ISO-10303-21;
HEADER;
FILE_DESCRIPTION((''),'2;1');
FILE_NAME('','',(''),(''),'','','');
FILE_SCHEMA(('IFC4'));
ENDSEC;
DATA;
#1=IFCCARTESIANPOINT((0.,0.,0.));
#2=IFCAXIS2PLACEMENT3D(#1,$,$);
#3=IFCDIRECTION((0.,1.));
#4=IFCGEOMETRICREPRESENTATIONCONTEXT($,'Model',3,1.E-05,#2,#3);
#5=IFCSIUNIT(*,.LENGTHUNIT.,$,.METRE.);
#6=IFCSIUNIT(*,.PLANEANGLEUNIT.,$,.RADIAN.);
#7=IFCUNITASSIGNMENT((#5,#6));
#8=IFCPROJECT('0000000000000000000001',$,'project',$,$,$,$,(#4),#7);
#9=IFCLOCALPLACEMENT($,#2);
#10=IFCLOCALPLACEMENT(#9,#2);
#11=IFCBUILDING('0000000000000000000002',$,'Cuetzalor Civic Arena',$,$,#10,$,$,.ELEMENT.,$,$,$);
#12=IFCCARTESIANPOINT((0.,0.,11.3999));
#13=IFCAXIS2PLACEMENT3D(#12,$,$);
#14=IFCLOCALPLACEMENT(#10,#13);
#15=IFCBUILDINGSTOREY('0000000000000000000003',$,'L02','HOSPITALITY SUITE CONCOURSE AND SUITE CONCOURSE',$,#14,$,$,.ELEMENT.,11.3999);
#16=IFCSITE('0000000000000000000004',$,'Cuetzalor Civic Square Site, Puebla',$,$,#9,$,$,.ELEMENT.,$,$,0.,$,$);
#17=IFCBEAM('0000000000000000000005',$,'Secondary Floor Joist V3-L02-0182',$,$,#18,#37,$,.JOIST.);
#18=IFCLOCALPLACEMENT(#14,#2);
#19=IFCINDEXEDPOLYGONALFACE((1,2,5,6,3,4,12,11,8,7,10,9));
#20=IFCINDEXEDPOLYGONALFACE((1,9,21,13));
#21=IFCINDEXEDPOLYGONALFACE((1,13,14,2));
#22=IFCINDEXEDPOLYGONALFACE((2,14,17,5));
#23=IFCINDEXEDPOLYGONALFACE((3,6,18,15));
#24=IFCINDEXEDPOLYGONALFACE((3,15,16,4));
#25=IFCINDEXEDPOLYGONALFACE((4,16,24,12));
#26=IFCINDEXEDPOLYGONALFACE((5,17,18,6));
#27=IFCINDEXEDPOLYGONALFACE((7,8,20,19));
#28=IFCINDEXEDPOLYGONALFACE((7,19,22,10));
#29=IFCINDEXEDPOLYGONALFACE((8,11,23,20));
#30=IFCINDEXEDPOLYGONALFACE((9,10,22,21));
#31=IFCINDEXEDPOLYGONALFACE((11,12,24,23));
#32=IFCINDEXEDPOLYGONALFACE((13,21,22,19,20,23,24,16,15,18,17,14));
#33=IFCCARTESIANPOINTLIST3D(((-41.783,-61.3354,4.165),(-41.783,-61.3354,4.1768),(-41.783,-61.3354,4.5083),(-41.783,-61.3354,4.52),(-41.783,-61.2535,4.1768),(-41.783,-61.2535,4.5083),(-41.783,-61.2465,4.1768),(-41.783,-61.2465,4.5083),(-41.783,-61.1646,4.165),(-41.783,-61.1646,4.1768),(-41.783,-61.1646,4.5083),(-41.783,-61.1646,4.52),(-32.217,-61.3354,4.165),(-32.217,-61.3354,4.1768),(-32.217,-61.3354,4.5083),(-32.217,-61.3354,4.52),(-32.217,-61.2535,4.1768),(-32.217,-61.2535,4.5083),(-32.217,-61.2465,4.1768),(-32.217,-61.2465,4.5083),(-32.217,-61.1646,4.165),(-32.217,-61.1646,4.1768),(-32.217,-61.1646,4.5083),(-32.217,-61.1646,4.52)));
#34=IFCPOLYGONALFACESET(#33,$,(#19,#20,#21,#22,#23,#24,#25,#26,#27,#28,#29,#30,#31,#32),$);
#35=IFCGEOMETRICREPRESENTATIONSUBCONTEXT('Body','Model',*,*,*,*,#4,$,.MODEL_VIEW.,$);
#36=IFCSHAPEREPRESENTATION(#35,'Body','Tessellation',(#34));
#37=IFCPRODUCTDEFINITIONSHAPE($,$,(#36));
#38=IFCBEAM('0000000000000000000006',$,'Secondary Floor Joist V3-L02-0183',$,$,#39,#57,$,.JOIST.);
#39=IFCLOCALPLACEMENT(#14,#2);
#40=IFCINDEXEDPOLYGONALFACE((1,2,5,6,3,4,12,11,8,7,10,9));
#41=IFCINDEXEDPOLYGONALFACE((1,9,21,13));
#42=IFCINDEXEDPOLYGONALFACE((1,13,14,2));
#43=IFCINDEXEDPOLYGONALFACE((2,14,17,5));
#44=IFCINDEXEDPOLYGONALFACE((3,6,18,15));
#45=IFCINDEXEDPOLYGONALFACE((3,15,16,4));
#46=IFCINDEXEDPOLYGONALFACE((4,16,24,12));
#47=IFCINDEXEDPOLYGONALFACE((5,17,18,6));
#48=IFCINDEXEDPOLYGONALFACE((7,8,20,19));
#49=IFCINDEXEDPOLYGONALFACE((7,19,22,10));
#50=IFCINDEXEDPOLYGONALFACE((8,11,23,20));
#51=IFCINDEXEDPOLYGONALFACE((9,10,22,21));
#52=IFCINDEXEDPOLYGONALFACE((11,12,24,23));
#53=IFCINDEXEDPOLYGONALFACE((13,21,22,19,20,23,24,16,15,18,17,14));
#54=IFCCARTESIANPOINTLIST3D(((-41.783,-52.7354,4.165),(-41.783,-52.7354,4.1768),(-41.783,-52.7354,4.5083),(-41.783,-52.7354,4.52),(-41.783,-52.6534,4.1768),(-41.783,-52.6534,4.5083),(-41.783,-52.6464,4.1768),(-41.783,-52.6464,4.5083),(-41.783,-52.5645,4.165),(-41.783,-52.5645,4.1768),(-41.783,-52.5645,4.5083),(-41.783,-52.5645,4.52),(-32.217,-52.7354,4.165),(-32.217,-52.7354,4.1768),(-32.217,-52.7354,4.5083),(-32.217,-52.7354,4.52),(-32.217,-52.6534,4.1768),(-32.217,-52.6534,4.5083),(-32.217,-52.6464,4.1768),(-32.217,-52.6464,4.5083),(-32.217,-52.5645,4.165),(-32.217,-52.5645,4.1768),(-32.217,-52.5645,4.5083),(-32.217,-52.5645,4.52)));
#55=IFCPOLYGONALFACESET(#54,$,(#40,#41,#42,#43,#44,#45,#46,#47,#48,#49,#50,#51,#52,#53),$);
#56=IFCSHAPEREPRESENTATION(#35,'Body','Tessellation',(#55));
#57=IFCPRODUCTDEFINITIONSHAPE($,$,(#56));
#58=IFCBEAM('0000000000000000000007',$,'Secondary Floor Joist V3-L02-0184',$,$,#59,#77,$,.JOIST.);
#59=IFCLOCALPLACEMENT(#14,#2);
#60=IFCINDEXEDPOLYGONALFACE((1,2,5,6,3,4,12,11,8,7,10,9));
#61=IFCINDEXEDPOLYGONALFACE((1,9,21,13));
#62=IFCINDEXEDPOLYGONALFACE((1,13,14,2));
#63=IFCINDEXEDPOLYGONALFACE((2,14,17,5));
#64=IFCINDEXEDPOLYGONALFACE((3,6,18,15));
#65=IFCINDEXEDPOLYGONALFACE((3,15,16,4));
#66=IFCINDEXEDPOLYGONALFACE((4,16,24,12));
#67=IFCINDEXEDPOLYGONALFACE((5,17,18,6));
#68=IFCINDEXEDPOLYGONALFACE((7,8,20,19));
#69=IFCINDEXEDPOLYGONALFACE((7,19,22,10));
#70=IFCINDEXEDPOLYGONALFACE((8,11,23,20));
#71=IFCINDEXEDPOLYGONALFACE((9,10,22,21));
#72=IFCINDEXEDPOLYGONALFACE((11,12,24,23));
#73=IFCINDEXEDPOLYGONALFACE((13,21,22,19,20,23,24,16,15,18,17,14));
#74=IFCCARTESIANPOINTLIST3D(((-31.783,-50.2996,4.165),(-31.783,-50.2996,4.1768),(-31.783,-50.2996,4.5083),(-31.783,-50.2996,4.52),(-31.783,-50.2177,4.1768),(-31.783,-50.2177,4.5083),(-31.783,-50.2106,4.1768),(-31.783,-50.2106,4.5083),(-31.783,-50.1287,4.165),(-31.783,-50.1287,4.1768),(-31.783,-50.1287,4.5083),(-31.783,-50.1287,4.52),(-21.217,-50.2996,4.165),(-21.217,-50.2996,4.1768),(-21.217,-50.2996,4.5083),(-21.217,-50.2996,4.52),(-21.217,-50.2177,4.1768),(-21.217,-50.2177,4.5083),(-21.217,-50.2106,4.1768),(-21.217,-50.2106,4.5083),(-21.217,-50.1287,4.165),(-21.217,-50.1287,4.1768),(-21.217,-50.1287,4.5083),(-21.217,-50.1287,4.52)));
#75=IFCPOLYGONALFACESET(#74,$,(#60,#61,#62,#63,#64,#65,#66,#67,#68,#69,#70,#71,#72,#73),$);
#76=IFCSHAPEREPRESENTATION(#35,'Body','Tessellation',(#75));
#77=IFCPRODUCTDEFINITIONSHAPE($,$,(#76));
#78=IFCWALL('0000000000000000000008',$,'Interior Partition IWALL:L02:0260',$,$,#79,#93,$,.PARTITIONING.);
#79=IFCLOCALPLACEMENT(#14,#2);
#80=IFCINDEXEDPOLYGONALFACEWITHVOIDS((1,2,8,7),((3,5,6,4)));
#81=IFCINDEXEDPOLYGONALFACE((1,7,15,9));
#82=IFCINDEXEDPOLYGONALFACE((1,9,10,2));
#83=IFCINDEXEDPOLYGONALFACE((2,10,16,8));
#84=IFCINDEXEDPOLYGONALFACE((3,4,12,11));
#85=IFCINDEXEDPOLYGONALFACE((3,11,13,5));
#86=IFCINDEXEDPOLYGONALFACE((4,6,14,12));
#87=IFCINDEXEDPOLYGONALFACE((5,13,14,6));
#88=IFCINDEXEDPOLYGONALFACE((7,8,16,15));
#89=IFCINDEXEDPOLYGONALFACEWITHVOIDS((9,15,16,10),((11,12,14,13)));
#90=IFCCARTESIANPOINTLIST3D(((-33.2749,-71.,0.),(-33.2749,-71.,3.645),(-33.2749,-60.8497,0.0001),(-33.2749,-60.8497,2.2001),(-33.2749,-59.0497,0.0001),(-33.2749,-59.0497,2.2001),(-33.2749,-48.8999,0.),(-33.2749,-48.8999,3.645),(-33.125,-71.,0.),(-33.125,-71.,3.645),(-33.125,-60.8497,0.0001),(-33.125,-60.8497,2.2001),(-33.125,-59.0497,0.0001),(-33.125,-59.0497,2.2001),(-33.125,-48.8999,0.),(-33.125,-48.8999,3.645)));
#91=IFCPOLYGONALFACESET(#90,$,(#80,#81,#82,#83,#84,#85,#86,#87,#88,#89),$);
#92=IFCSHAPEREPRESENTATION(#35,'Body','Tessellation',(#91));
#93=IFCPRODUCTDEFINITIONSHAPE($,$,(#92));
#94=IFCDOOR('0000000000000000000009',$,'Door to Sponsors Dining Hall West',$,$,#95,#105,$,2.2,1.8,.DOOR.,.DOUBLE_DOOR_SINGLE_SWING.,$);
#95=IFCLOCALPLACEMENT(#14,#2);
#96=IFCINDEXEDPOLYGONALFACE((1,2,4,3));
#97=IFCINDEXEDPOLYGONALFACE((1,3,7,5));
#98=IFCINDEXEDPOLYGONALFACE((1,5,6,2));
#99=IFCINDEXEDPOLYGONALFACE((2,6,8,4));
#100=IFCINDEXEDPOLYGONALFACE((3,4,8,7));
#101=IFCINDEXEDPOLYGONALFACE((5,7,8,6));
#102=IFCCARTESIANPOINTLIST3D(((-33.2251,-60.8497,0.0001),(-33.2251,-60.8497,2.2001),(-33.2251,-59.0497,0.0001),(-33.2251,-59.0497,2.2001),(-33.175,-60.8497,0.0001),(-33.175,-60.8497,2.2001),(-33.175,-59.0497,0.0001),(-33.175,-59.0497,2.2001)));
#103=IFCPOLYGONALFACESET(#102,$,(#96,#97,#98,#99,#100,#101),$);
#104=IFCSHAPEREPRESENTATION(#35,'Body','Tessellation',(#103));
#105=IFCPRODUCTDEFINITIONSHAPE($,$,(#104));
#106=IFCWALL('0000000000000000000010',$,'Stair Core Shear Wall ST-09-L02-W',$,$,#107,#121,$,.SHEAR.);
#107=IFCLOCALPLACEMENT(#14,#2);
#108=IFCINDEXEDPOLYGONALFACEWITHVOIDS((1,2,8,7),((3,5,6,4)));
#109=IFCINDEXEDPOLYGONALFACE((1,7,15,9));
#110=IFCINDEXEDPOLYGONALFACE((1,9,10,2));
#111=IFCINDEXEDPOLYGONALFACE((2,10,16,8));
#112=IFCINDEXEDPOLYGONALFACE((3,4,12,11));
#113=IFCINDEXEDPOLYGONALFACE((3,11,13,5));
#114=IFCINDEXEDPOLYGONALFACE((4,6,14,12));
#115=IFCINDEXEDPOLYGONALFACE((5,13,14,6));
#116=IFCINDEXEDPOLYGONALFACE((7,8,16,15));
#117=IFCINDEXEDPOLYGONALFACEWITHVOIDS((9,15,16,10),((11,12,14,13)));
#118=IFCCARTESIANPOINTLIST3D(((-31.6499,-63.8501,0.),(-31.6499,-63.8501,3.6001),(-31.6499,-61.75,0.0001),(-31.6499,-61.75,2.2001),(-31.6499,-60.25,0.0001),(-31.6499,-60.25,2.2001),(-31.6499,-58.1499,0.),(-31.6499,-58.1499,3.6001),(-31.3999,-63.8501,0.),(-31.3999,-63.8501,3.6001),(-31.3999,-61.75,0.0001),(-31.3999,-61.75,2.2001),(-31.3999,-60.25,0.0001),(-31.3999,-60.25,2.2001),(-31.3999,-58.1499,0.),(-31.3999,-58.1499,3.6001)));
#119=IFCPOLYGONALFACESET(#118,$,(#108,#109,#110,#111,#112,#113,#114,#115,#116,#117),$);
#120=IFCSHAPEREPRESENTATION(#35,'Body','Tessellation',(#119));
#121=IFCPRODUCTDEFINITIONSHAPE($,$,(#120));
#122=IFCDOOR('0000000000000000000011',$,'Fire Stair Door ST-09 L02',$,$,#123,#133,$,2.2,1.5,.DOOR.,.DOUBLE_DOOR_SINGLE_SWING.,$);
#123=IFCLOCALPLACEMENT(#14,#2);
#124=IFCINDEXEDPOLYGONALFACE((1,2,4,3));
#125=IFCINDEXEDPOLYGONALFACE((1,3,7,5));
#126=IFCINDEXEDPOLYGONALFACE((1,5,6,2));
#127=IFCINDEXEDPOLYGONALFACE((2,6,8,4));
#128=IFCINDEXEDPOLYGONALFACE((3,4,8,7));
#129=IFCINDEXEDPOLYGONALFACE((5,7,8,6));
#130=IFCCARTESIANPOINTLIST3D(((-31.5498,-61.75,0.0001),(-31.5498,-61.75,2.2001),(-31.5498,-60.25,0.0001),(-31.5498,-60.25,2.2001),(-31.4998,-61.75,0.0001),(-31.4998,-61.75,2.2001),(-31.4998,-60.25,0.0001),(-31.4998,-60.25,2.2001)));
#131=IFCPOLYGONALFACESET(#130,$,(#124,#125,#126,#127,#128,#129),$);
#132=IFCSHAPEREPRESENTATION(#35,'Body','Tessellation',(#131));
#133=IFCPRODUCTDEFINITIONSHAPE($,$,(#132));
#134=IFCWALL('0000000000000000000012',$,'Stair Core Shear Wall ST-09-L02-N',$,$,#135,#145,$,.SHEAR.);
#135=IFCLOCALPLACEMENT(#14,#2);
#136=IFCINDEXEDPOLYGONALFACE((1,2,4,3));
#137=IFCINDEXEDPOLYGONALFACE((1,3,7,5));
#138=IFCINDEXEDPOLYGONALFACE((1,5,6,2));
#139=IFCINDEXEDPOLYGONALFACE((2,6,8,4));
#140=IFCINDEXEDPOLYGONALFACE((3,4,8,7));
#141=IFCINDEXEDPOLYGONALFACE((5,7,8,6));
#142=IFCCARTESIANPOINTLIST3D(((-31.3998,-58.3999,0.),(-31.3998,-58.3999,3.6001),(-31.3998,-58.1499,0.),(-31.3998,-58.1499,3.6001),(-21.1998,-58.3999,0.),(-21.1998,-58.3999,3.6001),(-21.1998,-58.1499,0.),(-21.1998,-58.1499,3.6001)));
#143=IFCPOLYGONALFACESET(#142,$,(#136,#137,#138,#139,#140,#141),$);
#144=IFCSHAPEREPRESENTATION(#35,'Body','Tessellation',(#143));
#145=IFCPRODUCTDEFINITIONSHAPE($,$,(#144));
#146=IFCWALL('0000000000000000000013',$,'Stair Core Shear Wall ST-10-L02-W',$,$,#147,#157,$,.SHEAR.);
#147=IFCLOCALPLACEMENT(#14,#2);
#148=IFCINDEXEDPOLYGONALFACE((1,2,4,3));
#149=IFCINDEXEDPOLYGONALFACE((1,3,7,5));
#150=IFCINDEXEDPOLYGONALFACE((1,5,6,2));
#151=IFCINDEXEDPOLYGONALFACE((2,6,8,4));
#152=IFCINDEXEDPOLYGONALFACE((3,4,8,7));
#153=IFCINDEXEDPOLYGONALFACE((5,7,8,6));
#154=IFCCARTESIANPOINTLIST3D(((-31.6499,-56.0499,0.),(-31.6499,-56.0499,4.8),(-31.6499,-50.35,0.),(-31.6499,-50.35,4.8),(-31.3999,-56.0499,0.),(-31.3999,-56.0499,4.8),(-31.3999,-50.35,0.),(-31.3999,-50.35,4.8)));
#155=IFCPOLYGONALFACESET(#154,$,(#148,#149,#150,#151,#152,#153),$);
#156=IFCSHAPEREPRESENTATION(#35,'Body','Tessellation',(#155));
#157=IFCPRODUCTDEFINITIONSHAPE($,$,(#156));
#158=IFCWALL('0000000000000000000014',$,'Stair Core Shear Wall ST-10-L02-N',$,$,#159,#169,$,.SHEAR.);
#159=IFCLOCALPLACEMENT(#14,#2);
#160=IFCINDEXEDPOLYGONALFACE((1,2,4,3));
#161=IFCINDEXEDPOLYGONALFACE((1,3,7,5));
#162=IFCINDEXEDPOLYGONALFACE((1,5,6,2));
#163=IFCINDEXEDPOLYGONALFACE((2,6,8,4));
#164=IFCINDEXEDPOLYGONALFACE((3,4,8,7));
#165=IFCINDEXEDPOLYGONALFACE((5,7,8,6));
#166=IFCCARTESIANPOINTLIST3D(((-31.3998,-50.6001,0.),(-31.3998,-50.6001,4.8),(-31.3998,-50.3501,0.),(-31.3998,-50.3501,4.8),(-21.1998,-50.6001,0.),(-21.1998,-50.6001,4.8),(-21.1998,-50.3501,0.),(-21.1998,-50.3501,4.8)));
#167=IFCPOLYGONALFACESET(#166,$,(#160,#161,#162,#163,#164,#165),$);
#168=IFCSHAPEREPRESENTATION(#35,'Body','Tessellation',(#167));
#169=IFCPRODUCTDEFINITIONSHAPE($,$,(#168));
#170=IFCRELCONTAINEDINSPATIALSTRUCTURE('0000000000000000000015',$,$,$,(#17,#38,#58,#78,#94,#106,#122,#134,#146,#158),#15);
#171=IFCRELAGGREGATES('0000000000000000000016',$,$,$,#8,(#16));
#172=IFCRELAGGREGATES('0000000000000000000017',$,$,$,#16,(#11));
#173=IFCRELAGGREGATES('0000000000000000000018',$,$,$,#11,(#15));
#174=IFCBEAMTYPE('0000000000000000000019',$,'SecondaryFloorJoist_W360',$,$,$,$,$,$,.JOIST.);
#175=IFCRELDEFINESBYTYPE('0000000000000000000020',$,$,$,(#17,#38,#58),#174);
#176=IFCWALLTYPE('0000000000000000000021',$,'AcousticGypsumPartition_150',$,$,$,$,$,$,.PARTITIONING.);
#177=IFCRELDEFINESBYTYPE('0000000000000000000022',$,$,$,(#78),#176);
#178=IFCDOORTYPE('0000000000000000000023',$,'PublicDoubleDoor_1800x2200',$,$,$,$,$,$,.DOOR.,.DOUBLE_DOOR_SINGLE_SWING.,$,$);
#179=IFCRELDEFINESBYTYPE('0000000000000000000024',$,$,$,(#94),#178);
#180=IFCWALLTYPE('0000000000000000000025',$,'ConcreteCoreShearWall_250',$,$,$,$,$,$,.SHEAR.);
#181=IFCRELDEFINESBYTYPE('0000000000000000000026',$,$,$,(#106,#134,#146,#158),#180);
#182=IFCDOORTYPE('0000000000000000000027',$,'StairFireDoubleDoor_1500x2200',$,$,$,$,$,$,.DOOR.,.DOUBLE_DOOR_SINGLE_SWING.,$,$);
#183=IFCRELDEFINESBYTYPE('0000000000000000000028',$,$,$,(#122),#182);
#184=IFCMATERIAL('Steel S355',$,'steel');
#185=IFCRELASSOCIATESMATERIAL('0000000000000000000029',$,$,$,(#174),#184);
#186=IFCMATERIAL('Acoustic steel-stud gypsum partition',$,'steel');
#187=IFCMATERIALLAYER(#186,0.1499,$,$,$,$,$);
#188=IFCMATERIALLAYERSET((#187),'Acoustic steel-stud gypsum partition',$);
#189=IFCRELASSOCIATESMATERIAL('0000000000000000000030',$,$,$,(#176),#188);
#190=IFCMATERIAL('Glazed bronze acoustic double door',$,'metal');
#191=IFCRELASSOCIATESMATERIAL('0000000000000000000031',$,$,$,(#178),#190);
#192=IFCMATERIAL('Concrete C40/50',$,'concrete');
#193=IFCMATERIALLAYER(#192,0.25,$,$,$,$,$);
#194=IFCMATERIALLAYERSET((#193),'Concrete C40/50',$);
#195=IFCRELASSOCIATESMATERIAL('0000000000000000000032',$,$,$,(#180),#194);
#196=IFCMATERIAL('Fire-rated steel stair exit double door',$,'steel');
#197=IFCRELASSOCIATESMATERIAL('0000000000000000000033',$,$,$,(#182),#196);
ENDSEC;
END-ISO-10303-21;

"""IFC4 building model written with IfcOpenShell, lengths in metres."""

from ifc_helpers import new_model, si_unit, direction, frame, frame_2d, origin, origin_2d, place, context, subcontext, project, spatial, rectangle, i_section, extrude, material, layer, layer_set, material_profile, profile_set, type_object, element, fill, save


model = new_model("IFC4")

# Units and contexts
model_context = context("Model", 3, precision=1e-05, world=origin(), true_north=direction((0.0, 1.0)))
body_context = subcontext(model_context, "Body", "Model", "MODEL_VIEW")
ifc_project = project(units=[si_unit("LENGTHUNIT", "METRE"), si_unit("PLANEANGLEUNIT", "RADIAN")], contexts=[model_context])

# Site, building, storey
site_placement = place(None, origin())
site = spatial("IfcSite", under=ifc_project, at=site_placement, Name="Cuetzalor Civic Square Site, Puebla", CompositionType="ELEMENT", RefElevation=0.0)
building_placement = place(site_placement, origin())
building = spatial("IfcBuilding", under=site, at=building_placement, Name="Cuetzalor Civic Arena", CompositionType="ELEMENT")
storey_placement = place(building_placement, frame((0.0, 0.0, 11.3999)))
storey = spatial("IfcBuildingStorey", under=building, at=storey_placement, Name="L02", Description="HOSPITALITY SUITE CONCOURSE AND SUITE CONCOURSE", CompositionType="ELEMENT", Elevation=11.3999)

# Beams
ifc_material_1 = material(Name="Steel S355", Category="steel")
ifc_material_profile_1 = material_profile(ifc_material_1, i_section(OverallWidth=0.1709, OverallDepth=0.355, WebThickness=0.0071, FlangeThickness=0.0117, at=origin_2d()), Name="W360x51")
ifc_profile_set_1 = profile_set([ifc_material_profile_1], Name="Steel S355")
beam_type_1 = type_object("IfcBeamType", Name="SecondaryFloorJoist_W360", PredefinedType="JOIST", material=ifc_profile_set_1)
for number, where, z_axis, x_axis, name in (
    (1, (-41.783, -61.25, 4.3425), (1.0, 0.0, 0.0), (0.0, 1.0, 0.0), "Secondary Floor Joist V3-L02-0182"),
    (2, (-41.783, -52.6499, 4.3425), (1.0, 0.0, 0.0), (0.0, 1.0, 0.0), "Secondary Floor Joist V3-L02-0183"),
):
    element("IfcBeam", number, at=place(storey_placement, frame(where, z_axis=z_axis, x_axis=x_axis)), inside=storey, type_object=beam_type_1, Name=name, PredefinedType="JOIST", context=body_context, shape_type="SweptSolid", body=[
        extrude(i_section(OverallWidth=0.1709, OverallDepth=0.355, WebThickness=0.0071, FlangeThickness=0.0117, at=origin_2d()), origin(), (0.0, 0.0, 1.0), 9.5659),
    ])
beam_1_placement = place(storey_placement, frame((-31.783, -50.2141, 4.3425), z_axis=(1.0, 0.0, 0.0), x_axis=(0.0, 1.0, 0.0)))
element("IfcBeam", 3, at=beam_1_placement, inside=storey, type_object=beam_type_1, Name="Secondary Floor Joist V3-L02-0184", PredefinedType="JOIST", context=body_context, shape_type="SweptSolid", body=[
    extrude(i_section(OverallWidth=0.1709, OverallDepth=0.355, WebThickness=0.0071, FlangeThickness=0.0117, at=origin_2d()), origin(), (0.0, 0.0, 1.0), 10.5659),
])

# Walls, openings, doors
ifc_material_2 = material(Name="Acoustic steel-stud gypsum partition", Category="steel")
ifc_layer_1 = layer(ifc_material_2, 0.1499)
ifc_layer_set_1 = layer_set([ifc_layer_1], Name="Acoustic steel-stud gypsum partition")
wall_type_1 = type_object("IfcWallType", Name="AcousticGypsumPartition_150", PredefinedType="PARTITIONING", material=ifc_layer_set_1)
wall_1_placement = place(storey_placement, frame((-33.2, -48.8999, 0.0), z_axis=(0.0, 0.0, 1.0), x_axis=(0.0, -1.0, 0.0)))
wall_1 = element("IfcWall", 4, at=wall_1_placement, inside=storey, type_object=wall_type_1, Name="Interior Partition IWALL:L02:0260", PredefinedType="PARTITIONING", context=body_context, shape_type="SweptSolid", body=[
    extrude(rectangle(XDim=22.1001, YDim=0.1499, at=frame_2d((11.05, 0.0))), origin(), (0.0, 0.0, 1.0), 3.645),
])
opening_1_placement = place(wall_1_placement, frame((10.1499, 0.0, 0.0)))
opening_1 = element("IfcOpeningElement", 5, at=opening_1_placement, cuts=wall_1, PredefinedType="OPENING", context=body_context, shape_type="SweptSolid", body=[
    extrude(rectangle(XDim=1.8, YDim=2.2, at=frame_2d((0.8999, 1.1001))), frame((0.0, 0.085, 0.0), z_axis=(0.0, -1.0, 0.0), x_axis=(1.0, 0.0, 0.0)), (0.0, 0.0, 1.0), 0.1699),
])
ifc_material_3 = material(Name="Glazed bronze acoustic double door", Category="metal")
door_type_1 = type_object("IfcDoorType", Name="PublicDoubleDoor_1800x2200", OperationType="DOUBLE_DOOR_SINGLE_SWING", PredefinedType="DOOR", material=ifc_material_3)
door_1_placement = place(opening_1_placement, origin())
door_1 = element("IfcDoor", 6, at=door_1_placement, inside=storey, type_object=door_type_1, Name="Door to Sponsors Dining Hall West", OperationType="DOUBLE_DOOR_SINGLE_SWING", OverallHeight=2.2, OverallWidth=1.8, PredefinedType="DOOR", context=body_context, shape_type="SweptSolid", body=[
    extrude(rectangle(XDim=1.8, YDim=2.2, at=frame_2d((0.8999, 1.1001))), frame((0.0, 0.0249, 0.0), z_axis=(0.0, -1.0, 0.0), x_axis=(1.0, 0.0, 0.0)), (0.0, 0.0, 1.0), 0.05),
])
fill(opening_1, door_1)
ifc_material_4 = material(Name="Concrete C40/50", Category="concrete")
ifc_layer_2 = layer(ifc_material_4, 0.25)
ifc_layer_set_2 = layer_set([ifc_layer_2], Name="Concrete C40/50")
wall_type_2 = type_object("IfcWallType", Name="ConcreteCoreShearWall_250", PredefinedType="SHEAR", material=ifc_layer_set_2)
wall_2_placement = place(storey_placement, frame((-31.5249, -63.8501, 0.0), z_axis=(0.0, 0.0, 1.0), x_axis=(0.0, 1.0, 0.0)))
wall_2 = element("IfcWall", 7, at=wall_2_placement, inside=storey, type_object=wall_type_2, Name="Stair Core Shear Wall ST-09-L02-W", PredefinedType="SHEAR", context=body_context, shape_type="SweptSolid", body=[
    extrude(rectangle(XDim=5.7002, YDim=0.25, at=frame_2d((2.8501, 0.0))), origin(), (0.0, 0.0, 1.0), 3.6001),
])
opening_2_placement = place(wall_2_placement, frame((2.1001, 0.0, 0.0)))
opening_2 = element("IfcOpeningElement", 8, at=opening_2_placement, cuts=wall_2, PredefinedType="OPENING", context=body_context, shape_type="SweptSolid", body=[
    extrude(rectangle(XDim=1.5, YDim=2.2, at=frame_2d((0.75, 1.1001))), frame((0.0, 0.135, 0.0), z_axis=(0.0, -1.0, 0.0), x_axis=(1.0, 0.0, 0.0)), (0.0, 0.0, 1.0), 0.27),
])
ifc_material_5 = material(Name="Fire-rated steel stair exit double door", Category="steel")
door_type_2 = type_object("IfcDoorType", Name="StairFireDoubleDoor_1500x2200", OperationType="DOUBLE_DOOR_SINGLE_SWING", PredefinedType="DOOR", material=ifc_material_5)
door_2_placement = place(opening_2_placement, origin())
door_2 = element("IfcDoor", 9, at=door_2_placement, inside=storey, type_object=door_type_2, Name="Fire Stair Door ST-09 L02", OperationType="DOUBLE_DOOR_SINGLE_SWING", OverallHeight=2.2, OverallWidth=1.5, PredefinedType="DOOR", context=body_context, shape_type="SweptSolid", body=[
    extrude(rectangle(XDim=1.5, YDim=2.2, at=frame_2d((0.75, 1.1001))), frame((0.0, 0.0249, 0.0), z_axis=(0.0, -1.0, 0.0), x_axis=(1.0, 0.0, 0.0)), (0.0, 0.0, 1.0), 0.05),
])
fill(opening_2, door_2)

# Walls
wall_3_placement = place(storey_placement, frame((-31.3999, -58.2749, 0.0), z_axis=(0.0, 0.0, 1.0), x_axis=(1.0, 0.0, 0.0)))
element("IfcWall", 10, at=wall_3_placement, inside=storey, type_object=wall_type_2, Name="Stair Core Shear Wall ST-09-L02-N", PredefinedType="SHEAR", context=body_context, shape_type="SweptSolid", body=[
    extrude(rectangle(XDim=10.2, YDim=0.25, at=frame_2d((5.1001, 0.0))), origin(), (0.0, 0.0, 1.0), 3.6001),
])
wall_4_placement = place(storey_placement, frame((-31.5249, -56.05, 0.0), z_axis=(0.0, 0.0, 1.0), x_axis=(0.0, 1.0, 0.0)))
element("IfcWall", 11, at=wall_4_placement, inside=storey, type_object=wall_type_2, Name="Stair Core Shear Wall ST-10-L02-W", PredefinedType="SHEAR", context=body_context, shape_type="SweptSolid", body=[
    extrude(rectangle(XDim=5.7, YDim=0.25, at=frame_2d((2.8501, 0.0))), origin(), (0.0, 0.0, 1.0), 4.8),
])
wall_5_placement = place(storey_placement, frame((-31.3999, -50.4751, 0.0), z_axis=(0.0, 0.0, 1.0), x_axis=(1.0, 0.0, 0.0)))
element("IfcWall", 12, at=wall_5_placement, inside=storey, type_object=wall_type_2, Name="Stair Core Shear Wall ST-10-L02-N", PredefinedType="SHEAR", context=body_context, shape_type="SweptSolid", body=[
    extrude(rectangle(XDim=10.2, YDim=0.25, at=frame_2d((5.1001, 0.0))), origin(), (0.0, 0.0, 1.0), 4.8),
])

save(model, "model.ifc")
